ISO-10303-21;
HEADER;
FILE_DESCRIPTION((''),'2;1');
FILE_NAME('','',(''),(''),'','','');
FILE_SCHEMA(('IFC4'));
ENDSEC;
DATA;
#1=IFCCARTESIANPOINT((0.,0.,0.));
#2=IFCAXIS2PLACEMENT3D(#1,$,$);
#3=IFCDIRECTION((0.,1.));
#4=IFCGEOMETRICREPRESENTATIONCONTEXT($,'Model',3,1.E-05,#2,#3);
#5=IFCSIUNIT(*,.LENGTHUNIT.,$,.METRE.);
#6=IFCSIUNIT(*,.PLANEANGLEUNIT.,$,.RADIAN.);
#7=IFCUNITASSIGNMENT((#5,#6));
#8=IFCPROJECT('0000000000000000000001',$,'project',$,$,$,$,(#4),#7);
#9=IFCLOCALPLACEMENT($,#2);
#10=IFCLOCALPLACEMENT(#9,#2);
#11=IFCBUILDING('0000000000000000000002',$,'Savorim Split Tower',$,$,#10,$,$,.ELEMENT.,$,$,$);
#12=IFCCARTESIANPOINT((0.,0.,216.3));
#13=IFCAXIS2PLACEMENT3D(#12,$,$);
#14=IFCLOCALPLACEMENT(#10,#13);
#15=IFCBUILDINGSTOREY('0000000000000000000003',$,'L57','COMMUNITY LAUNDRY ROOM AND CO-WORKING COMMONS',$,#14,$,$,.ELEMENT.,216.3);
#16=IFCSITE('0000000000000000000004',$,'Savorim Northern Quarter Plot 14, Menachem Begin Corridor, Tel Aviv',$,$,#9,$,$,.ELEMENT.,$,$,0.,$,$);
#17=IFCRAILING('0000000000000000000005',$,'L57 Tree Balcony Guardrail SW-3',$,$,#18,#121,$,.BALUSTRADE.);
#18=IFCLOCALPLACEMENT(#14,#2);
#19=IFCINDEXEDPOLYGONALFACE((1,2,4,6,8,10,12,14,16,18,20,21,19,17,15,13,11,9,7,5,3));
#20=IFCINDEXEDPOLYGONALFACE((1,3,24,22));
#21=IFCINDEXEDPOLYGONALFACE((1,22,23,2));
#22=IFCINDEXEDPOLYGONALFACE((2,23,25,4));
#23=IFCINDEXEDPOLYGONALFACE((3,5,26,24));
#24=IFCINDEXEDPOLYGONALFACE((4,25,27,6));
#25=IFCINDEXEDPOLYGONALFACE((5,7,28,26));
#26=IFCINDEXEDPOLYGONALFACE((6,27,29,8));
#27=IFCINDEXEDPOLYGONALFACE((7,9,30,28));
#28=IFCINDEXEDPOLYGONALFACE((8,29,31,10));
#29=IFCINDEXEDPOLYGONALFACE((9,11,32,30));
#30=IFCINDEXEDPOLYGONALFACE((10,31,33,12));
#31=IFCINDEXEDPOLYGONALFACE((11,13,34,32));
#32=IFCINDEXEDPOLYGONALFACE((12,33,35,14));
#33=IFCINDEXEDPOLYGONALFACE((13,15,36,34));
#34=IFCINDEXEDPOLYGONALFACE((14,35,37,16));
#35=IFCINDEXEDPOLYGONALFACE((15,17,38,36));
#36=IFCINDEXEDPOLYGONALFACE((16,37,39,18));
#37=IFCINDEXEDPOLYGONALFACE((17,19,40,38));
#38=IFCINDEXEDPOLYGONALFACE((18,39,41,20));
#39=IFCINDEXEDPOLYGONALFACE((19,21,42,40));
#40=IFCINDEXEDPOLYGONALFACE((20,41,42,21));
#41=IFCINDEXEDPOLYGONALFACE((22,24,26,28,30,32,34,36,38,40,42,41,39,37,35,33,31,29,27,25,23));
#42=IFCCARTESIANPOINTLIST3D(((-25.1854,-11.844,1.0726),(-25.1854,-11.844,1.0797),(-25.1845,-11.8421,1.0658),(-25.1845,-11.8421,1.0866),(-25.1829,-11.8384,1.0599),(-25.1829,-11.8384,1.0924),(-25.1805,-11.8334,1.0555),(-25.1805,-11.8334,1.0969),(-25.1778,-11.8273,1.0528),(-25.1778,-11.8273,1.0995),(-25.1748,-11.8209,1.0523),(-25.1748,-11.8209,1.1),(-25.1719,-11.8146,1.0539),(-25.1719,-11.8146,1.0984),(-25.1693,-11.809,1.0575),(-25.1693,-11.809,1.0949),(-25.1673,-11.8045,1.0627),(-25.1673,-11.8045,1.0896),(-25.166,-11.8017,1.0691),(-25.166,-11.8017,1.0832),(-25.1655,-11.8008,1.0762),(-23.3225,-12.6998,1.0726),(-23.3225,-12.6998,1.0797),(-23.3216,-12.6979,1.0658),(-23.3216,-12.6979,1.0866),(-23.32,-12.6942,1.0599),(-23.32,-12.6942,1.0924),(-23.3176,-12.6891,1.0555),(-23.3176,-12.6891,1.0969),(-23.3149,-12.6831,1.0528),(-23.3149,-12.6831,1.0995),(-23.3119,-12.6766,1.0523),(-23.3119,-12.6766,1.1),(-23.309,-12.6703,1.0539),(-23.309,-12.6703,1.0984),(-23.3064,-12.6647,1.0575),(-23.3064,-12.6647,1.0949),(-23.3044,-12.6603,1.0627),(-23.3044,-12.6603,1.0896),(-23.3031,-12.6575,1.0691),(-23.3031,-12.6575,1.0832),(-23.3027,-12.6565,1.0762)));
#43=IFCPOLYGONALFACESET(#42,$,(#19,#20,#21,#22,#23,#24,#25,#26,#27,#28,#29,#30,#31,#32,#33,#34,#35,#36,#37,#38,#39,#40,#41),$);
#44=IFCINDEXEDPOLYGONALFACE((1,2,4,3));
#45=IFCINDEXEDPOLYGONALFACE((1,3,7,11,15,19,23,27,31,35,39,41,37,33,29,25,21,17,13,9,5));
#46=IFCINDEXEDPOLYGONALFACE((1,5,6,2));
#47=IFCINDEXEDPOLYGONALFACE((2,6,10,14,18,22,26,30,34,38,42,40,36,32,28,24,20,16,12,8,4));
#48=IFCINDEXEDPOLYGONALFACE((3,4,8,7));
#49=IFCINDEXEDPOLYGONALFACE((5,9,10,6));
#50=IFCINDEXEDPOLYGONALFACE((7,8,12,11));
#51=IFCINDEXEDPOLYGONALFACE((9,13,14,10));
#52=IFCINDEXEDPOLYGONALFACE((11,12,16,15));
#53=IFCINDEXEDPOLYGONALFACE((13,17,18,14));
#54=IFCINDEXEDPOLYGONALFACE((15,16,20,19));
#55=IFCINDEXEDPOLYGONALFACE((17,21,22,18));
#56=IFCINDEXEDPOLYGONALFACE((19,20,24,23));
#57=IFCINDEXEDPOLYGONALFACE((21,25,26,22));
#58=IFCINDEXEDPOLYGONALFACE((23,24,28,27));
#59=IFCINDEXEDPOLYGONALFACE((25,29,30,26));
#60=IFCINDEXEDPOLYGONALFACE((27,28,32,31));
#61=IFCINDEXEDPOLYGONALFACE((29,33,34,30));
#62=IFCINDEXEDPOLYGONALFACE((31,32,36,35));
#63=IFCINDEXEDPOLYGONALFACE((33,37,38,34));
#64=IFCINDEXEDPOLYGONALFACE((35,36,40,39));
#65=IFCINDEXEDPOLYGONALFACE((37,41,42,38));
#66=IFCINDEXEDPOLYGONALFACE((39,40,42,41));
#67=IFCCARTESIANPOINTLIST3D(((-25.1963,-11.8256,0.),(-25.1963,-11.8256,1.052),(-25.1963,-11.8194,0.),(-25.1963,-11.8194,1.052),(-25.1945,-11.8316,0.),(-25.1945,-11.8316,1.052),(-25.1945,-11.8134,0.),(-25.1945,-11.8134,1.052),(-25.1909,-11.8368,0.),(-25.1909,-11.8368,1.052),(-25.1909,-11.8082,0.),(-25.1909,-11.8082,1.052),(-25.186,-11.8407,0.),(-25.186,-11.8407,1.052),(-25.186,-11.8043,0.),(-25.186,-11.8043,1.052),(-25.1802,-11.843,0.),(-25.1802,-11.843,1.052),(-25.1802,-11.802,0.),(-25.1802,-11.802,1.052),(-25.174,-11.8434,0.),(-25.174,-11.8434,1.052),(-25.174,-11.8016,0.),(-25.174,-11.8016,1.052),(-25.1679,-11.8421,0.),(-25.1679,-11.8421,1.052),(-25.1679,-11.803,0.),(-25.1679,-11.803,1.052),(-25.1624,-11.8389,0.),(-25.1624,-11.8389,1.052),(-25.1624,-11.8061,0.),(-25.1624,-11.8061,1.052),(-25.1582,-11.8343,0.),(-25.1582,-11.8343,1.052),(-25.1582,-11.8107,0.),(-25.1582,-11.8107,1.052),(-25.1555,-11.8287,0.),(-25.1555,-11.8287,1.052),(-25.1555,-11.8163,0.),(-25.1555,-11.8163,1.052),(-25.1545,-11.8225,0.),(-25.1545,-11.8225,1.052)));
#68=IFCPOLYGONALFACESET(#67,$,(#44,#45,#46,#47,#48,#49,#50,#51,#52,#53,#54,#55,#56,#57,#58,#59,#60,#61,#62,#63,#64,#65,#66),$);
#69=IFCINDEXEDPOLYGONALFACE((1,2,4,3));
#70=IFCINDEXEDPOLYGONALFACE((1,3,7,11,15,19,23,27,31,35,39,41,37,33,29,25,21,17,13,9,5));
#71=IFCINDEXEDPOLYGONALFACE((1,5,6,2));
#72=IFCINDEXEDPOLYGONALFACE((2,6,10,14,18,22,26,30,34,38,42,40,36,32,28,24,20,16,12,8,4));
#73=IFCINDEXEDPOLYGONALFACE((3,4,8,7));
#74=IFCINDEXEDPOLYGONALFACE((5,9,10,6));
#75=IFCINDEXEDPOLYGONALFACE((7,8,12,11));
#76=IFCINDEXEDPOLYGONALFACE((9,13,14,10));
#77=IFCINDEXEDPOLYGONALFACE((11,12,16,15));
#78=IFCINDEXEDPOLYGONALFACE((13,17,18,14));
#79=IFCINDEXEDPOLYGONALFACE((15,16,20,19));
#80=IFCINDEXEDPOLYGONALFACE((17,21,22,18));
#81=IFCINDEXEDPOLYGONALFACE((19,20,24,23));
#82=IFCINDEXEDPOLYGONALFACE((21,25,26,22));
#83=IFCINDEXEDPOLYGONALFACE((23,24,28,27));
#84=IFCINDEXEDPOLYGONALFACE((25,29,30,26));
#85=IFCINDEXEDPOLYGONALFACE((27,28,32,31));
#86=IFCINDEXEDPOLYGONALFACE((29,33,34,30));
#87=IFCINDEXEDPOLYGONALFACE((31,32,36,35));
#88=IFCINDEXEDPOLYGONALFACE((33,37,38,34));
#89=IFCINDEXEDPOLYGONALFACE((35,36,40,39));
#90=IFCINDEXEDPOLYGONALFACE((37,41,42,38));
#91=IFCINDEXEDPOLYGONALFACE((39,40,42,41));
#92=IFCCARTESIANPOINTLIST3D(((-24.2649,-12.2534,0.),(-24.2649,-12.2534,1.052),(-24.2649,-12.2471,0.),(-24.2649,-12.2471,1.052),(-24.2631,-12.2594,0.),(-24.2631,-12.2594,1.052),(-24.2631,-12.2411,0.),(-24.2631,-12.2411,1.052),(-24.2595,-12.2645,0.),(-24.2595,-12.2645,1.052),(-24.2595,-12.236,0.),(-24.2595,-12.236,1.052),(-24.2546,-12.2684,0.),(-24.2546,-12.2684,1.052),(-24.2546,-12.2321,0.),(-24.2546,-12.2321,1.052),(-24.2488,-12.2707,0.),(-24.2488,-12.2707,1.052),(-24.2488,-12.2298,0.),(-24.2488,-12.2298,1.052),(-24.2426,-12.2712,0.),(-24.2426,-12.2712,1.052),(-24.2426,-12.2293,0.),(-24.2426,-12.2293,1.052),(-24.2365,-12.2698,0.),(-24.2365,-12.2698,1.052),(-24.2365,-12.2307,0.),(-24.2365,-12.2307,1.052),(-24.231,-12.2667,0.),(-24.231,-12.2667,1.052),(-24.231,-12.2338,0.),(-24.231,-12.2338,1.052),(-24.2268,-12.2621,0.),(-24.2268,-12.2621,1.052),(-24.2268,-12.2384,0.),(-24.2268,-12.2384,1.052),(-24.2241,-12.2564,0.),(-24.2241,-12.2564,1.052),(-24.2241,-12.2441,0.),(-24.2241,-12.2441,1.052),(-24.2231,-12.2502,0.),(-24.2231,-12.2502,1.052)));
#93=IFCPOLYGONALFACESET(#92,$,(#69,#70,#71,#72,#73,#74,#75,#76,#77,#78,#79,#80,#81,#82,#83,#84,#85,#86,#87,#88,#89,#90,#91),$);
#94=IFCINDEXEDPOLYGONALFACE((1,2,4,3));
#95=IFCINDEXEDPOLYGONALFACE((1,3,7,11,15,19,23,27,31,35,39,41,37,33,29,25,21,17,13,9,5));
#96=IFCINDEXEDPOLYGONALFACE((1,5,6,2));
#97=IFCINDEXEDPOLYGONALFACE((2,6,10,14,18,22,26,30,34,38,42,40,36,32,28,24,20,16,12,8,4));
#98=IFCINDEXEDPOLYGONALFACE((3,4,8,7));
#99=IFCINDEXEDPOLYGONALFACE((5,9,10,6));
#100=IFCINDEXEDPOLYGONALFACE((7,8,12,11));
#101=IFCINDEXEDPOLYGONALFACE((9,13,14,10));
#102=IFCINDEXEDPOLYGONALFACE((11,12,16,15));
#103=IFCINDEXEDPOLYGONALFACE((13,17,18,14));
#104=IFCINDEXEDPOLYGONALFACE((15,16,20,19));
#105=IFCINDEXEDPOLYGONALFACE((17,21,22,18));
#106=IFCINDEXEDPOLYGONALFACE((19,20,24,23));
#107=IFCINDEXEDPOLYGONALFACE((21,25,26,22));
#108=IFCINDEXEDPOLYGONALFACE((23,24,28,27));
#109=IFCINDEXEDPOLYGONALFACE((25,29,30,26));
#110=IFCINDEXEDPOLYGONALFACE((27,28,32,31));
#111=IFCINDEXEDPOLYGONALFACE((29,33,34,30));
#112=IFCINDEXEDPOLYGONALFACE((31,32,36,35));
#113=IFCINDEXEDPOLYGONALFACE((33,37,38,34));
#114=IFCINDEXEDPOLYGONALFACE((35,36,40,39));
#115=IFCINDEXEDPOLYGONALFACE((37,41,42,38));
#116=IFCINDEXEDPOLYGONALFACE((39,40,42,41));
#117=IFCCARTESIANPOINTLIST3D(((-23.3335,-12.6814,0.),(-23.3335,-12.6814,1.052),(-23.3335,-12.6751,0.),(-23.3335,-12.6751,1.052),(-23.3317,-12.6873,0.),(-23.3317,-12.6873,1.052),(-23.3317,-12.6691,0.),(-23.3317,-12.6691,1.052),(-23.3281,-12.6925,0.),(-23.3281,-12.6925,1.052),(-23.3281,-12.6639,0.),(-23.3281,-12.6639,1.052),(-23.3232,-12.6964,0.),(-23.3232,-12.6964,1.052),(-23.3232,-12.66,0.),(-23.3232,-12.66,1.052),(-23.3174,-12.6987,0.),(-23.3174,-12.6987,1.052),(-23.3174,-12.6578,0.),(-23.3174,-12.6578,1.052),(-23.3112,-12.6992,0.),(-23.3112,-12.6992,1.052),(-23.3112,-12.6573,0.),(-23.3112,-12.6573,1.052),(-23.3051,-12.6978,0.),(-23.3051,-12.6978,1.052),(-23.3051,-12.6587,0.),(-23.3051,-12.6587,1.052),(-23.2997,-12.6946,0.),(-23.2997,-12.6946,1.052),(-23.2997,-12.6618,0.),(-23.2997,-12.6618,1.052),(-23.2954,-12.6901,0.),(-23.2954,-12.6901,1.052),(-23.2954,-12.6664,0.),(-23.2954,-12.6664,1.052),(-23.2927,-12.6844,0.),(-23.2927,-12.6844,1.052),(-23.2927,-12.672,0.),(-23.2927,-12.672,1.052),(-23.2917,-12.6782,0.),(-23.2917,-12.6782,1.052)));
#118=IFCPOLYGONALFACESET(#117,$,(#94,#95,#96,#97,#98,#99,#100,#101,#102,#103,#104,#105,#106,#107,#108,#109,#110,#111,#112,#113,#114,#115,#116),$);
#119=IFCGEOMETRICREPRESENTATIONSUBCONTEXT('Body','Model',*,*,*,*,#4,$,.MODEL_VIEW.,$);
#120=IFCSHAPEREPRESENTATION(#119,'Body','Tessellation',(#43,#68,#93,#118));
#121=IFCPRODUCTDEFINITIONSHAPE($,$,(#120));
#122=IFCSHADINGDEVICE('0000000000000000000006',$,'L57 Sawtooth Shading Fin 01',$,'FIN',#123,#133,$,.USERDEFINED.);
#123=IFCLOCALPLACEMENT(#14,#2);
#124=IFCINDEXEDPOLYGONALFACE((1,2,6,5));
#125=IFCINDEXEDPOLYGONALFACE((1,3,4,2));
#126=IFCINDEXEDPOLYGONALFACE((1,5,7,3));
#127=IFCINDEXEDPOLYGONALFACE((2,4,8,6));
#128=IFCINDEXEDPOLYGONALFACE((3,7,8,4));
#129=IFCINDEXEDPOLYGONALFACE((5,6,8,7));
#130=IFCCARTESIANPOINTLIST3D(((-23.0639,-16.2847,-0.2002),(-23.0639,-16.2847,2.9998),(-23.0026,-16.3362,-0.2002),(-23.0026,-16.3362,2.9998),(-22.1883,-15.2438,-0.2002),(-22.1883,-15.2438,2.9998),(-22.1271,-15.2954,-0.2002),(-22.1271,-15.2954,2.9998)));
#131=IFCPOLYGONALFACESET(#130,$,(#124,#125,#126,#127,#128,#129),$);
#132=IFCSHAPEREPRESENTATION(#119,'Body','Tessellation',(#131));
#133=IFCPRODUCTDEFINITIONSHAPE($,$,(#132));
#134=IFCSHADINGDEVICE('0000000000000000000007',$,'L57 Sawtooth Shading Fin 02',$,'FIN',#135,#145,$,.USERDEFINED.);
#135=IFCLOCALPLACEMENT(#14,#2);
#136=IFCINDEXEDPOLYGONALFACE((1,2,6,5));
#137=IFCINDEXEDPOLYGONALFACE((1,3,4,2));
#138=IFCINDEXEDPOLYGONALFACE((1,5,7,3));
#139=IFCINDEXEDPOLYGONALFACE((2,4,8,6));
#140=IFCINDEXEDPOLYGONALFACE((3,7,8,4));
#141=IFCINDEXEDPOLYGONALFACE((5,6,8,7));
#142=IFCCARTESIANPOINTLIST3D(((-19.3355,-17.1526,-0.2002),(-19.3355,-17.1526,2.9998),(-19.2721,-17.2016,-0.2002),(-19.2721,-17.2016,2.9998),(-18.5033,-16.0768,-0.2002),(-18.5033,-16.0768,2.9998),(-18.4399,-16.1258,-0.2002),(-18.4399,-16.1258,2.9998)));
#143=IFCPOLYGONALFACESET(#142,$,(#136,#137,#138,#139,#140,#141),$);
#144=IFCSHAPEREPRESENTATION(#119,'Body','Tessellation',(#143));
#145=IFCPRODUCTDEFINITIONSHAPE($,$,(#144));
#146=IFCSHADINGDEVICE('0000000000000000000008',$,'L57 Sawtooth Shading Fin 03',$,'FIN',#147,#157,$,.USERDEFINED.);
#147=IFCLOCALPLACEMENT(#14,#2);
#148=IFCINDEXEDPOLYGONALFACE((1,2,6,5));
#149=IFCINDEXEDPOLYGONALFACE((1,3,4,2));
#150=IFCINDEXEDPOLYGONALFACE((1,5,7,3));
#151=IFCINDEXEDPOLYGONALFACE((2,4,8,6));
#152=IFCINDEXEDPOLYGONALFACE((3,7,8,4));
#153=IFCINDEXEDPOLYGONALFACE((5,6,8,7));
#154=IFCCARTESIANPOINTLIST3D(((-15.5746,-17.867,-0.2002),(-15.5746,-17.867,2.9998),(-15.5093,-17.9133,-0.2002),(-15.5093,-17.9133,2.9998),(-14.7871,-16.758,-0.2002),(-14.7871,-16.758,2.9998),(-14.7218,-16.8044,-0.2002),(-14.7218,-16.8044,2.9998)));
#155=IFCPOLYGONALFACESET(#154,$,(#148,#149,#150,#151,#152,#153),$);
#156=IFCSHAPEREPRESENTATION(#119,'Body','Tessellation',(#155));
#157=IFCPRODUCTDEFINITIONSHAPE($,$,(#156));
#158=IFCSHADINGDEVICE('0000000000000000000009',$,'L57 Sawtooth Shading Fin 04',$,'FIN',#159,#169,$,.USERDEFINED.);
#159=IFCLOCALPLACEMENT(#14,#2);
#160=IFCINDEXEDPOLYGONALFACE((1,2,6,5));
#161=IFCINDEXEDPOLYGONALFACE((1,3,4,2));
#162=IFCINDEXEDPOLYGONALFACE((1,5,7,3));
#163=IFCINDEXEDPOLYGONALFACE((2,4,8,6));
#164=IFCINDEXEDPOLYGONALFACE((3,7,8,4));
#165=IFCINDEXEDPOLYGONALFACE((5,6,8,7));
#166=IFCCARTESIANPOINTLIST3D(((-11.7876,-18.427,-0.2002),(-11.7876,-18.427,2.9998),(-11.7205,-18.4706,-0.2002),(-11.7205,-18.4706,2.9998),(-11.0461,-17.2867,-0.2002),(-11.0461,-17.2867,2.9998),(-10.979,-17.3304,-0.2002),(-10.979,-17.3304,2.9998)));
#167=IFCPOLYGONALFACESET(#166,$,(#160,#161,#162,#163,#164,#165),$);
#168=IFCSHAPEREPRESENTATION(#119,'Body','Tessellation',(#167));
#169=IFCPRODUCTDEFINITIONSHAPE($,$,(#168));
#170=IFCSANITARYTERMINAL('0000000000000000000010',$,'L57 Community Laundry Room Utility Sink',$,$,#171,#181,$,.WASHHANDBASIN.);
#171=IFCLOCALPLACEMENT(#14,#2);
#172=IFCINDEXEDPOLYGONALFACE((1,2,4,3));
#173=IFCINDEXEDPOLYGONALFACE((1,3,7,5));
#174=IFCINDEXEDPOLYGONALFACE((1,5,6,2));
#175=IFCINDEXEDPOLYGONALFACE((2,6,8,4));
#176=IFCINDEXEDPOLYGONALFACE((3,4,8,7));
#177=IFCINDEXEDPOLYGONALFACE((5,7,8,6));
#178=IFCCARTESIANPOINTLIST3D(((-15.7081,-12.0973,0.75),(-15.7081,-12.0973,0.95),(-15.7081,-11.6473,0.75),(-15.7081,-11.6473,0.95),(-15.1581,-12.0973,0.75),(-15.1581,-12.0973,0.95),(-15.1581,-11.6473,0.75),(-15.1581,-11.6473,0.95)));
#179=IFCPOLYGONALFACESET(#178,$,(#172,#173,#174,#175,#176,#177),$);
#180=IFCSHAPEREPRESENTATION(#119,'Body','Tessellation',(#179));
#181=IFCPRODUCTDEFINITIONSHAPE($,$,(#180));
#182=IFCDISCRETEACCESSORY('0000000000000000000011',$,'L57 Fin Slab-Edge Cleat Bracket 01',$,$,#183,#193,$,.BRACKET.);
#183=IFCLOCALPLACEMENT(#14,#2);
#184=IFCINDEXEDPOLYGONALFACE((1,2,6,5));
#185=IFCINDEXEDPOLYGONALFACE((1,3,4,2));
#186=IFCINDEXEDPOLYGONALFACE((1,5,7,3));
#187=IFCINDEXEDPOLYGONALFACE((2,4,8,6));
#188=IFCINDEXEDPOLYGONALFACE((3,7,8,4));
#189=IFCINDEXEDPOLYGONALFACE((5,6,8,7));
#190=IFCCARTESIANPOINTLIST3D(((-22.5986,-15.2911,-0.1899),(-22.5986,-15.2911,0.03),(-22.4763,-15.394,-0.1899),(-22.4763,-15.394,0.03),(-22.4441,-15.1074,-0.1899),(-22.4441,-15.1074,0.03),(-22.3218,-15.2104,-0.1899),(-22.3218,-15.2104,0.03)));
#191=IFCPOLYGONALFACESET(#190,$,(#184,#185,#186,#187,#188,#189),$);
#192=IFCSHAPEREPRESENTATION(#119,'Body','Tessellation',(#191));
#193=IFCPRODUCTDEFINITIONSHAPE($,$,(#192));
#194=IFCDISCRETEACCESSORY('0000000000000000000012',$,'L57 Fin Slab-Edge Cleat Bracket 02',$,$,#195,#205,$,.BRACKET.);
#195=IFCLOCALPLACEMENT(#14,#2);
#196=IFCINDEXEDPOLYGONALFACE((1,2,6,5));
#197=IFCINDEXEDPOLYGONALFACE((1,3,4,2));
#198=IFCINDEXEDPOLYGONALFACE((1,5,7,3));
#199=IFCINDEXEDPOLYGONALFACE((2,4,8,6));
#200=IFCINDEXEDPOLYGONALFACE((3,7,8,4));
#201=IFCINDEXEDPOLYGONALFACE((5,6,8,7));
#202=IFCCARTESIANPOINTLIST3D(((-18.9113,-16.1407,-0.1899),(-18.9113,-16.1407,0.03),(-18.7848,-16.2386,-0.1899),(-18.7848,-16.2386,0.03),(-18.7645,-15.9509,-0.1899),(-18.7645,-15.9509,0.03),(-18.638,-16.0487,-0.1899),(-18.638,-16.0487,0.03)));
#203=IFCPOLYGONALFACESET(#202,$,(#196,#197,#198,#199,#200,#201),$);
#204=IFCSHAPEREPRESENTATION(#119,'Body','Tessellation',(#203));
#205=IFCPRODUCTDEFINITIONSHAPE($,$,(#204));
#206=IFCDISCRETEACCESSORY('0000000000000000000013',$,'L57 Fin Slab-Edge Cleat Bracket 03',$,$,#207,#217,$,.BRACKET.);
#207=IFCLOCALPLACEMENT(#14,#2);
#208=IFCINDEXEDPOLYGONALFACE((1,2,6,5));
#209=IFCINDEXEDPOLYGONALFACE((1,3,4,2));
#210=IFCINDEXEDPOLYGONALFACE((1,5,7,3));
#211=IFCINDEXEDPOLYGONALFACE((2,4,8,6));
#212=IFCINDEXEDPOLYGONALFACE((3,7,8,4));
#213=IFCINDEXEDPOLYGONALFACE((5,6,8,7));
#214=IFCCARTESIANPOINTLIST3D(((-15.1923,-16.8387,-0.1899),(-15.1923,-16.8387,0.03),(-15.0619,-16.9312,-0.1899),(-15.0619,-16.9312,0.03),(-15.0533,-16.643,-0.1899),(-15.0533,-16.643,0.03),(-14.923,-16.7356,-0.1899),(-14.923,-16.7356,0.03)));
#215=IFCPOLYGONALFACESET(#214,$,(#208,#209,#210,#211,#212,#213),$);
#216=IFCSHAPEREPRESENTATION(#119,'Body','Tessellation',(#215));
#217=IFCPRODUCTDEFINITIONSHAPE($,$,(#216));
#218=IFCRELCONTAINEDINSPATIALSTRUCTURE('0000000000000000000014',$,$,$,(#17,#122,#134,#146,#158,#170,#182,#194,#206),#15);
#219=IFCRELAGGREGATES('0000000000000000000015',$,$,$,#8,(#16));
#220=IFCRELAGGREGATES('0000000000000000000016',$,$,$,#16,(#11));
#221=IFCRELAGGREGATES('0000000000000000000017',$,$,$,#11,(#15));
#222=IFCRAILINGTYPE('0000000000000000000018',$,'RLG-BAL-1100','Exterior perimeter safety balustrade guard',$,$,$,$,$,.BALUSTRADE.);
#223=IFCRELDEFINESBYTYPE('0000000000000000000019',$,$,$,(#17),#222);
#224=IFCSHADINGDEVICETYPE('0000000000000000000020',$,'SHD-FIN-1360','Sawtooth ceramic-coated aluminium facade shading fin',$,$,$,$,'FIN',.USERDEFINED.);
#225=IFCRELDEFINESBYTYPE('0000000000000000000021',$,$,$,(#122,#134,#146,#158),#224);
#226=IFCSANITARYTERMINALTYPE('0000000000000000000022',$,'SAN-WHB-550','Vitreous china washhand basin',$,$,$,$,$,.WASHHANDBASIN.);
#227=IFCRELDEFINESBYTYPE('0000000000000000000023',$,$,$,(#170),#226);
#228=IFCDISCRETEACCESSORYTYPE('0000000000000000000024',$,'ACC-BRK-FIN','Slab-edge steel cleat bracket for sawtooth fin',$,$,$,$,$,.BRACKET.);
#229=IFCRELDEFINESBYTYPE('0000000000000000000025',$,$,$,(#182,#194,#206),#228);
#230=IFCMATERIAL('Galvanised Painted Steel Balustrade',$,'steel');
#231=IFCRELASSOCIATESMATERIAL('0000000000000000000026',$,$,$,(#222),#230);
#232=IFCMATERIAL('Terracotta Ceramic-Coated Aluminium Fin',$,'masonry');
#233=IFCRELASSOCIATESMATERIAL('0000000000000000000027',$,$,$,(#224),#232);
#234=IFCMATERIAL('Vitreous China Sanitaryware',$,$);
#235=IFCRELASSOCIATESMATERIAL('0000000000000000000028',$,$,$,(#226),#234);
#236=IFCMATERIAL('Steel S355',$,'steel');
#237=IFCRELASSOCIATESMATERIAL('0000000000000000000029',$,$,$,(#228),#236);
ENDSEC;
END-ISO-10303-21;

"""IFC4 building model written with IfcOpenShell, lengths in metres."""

from ifc_helpers import new_model, si_unit, direction, frame, origin, origin_2d, place, context, subcontext, project, spatial, rectangle, circle, extrude, material, type_object, element, save


model = new_model("IFC4")

# Units and contexts
model_context = context("Model", 3, precision=1e-05, world=origin(), true_north=direction((0.0, 1.0)))
body_context = subcontext(model_context, "Body", "Model", "MODEL_VIEW")
ifc_project = project(units=[si_unit("LENGTHUNIT", "METRE"), si_unit("PLANEANGLEUNIT", "RADIAN")], contexts=[model_context])

# Site, building, storey
site_placement = place(None, origin())
site = spatial("IfcSite", under=ifc_project, at=site_placement, Name="Savorim Northern Quarter Plot 14, Menachem Begin Corridor, Tel Aviv", CompositionType="ELEMENT", RefElevation=0.0)
building_placement = place(site_placement, origin())
building = spatial("IfcBuilding", under=site, at=building_placement, Name="Savorim Split Tower", CompositionType="ELEMENT")
storey_placement = place(building_placement, frame((0.0, 0.0, 216.3)))
storey = spatial("IfcBuildingStorey", under=building, at=storey_placement, Name="L57", Description="COMMUNITY LAUNDRY ROOM AND CO-WORKING COMMONS", CompositionType="ELEMENT", Elevation=216.3)

# Shared definitions
ifc_material_1 = material(Name="Steel S355", Category="steel")

# Railing
ifc_material_2 = material(Name="Galvanised Painted Steel Balustrade", Category="steel")
railing_type = type_object("IfcRailingType", Name="RLG-BAL-1100", Description="Exterior perimeter safety balustrade guard", PredefinedType="BALUSTRADE", material=ifc_material_2)
railing_1_placement = place(storey_placement, frame((-25.1755, -11.8225, 0.0)))
element("IfcRailing", 1, at=railing_1_placement, inside=storey, type_object=railing_type, Name="L57 Tree Balcony Guardrail SW-3", PredefinedType="BALUSTRADE", context=body_context, shape_type="SweptSolid", body=[
    extrude(circle(Radius=0.0239, at=origin_2d()), frame((0.0, 0.0, 1.0762), z_axis=(0.908707, -0.417434, 0.0), x_axis=(0.417434, 0.908707, 0.0)), (0.0, 0.0, 1.0), 2.05),
    extrude(circle(Radius=0.021, at=origin_2d()), origin(), (0.0, 0.0, 1.0), 1.052),
    extrude(circle(Radius=0.021, at=origin_2d()), frame((0.9314, -0.4277, 0.0)), (0.0, 0.0, 1.0), 1.052),
    extrude(circle(Radius=0.021, at=origin_2d()), frame((1.8628, -0.8557, 0.0)), (0.0, 0.0, 1.0), 1.052),
])

# Shading devices
ifc_material_3 = material(Name="Terracotta Ceramic-Coated Aluminium Fin", Category="masonry")
shading_device_type = type_object("IfcShadingDeviceType", Name="SHD-FIN-1360", Description="Sawtooth ceramic-coated aluminium facade shading fin", ElementType="FIN", PredefinedType="USERDEFINED", material=ifc_material_3)
for number, where, z_axis, x_axis, name in (
    (2, (-22.5955, -15.79, -0.2002), (0.0, 0.0, 1.0), (-0.643719, -0.765262, 0.0), "L57 Sawtooth Shading Fin 01"),
    (3, (-18.8877, -16.6392, -0.2002), (0.0, 0.0, 1.0), (-0.611868, -0.79096, 0.0), "L57 Sawtooth Shading Fin 02"),
    (4, (-15.1482, -17.3357, -0.2002), (0.0, 0.0, 1.0), (-0.578994, -0.815332, 0.0), "L57 Sawtooth Shading Fin 03"),
    (5, (-11.3833, -17.8787, -0.2002), (0.0, 0.0, 1.0), (-0.545148, -0.83834, 0.0), "L57 Sawtooth Shading Fin 04"),
):
    element("IfcShadingDevice", number, at=place(storey_placement, frame(where, z_axis=z_axis, x_axis=x_axis)), inside=storey, type_object=shading_device_type, Name=name, ObjectType="FIN", PredefinedType="USERDEFINED", context=body_context, shape_type="SweptSolid", body=[
        extrude(rectangle(XDim=1.3601, YDim=0.0801, at=origin_2d()), origin(), (0.0, 0.0, 1.0), 3.2),
    ])

# Sanitary terminal
ifc_material_4 = material(Name="Vitreous China Sanitaryware")
sanitary_terminal_type = type_object("IfcSanitaryTerminalType", Name="SAN-WHB-550", Description="Vitreous china washhand basin", PredefinedType="WASHHANDBASIN", material=ifc_material_4)
sanitary_terminal_placement = place(storey_placement, frame((-15.4331, -11.8723, 0.75), z_axis=(0.0, 0.0, 1.0), x_axis=(1.0, 0.0, 0.0)))
element("IfcSanitaryTerminal", 6, at=sanitary_terminal_placement, inside=storey, type_object=sanitary_terminal_type, Name="L57 Community Laundry Room Utility Sink", PredefinedType="WASHHANDBASIN", context=body_context, shape_type="SweptSolid", body=[
    extrude(rectangle(XDim=0.55, YDim=0.45, at=origin_2d()), origin(), (0.0, 0.0, 1.0), 0.2),
])

# Discrete accessories
discrete_accessory_type_1 = type_object("IfcDiscreteAccessoryType", Name="ACC-BRK-FIN", Description="Slab-edge steel cleat bracket for sawtooth fin", PredefinedType="BRACKET", material=ifc_material_1)
for number, where, z_axis, x_axis, name in (
    (7, (-22.4602, -15.2507, -0.1899), (0.0, 0.0, 1.0), (-0.643719, -0.765262, 0.0), "L57 Fin Slab-Edge Cleat Bracket 01"),
    (8, (-18.7747, -16.0947, -0.1899), (0.0, 0.0, 1.0), (-0.611868, -0.79096, 0.0), "L57 Fin Slab-Edge Cleat Bracket 02"),
    (9, (-15.0576, -16.7871, -0.1899), (0.0, 0.0, 1.0), (-0.578994, -0.815332, 0.0), "L57 Fin Slab-Edge Cleat Bracket 03"),
):
    element("IfcDiscreteAccessory", number, at=place(storey_placement, frame(where, z_axis=z_axis, x_axis=x_axis)), inside=storey, type_object=discrete_accessory_type_1, Name=name, PredefinedType="BRACKET", context=body_context, shape_type="SweptSolid", body=[
        extrude(rectangle(XDim=0.24, YDim=0.1599, at=origin_2d()), origin(), (0.0, 0.0, 1.0), 0.22),
    ])

save(model, "model.ifc")
